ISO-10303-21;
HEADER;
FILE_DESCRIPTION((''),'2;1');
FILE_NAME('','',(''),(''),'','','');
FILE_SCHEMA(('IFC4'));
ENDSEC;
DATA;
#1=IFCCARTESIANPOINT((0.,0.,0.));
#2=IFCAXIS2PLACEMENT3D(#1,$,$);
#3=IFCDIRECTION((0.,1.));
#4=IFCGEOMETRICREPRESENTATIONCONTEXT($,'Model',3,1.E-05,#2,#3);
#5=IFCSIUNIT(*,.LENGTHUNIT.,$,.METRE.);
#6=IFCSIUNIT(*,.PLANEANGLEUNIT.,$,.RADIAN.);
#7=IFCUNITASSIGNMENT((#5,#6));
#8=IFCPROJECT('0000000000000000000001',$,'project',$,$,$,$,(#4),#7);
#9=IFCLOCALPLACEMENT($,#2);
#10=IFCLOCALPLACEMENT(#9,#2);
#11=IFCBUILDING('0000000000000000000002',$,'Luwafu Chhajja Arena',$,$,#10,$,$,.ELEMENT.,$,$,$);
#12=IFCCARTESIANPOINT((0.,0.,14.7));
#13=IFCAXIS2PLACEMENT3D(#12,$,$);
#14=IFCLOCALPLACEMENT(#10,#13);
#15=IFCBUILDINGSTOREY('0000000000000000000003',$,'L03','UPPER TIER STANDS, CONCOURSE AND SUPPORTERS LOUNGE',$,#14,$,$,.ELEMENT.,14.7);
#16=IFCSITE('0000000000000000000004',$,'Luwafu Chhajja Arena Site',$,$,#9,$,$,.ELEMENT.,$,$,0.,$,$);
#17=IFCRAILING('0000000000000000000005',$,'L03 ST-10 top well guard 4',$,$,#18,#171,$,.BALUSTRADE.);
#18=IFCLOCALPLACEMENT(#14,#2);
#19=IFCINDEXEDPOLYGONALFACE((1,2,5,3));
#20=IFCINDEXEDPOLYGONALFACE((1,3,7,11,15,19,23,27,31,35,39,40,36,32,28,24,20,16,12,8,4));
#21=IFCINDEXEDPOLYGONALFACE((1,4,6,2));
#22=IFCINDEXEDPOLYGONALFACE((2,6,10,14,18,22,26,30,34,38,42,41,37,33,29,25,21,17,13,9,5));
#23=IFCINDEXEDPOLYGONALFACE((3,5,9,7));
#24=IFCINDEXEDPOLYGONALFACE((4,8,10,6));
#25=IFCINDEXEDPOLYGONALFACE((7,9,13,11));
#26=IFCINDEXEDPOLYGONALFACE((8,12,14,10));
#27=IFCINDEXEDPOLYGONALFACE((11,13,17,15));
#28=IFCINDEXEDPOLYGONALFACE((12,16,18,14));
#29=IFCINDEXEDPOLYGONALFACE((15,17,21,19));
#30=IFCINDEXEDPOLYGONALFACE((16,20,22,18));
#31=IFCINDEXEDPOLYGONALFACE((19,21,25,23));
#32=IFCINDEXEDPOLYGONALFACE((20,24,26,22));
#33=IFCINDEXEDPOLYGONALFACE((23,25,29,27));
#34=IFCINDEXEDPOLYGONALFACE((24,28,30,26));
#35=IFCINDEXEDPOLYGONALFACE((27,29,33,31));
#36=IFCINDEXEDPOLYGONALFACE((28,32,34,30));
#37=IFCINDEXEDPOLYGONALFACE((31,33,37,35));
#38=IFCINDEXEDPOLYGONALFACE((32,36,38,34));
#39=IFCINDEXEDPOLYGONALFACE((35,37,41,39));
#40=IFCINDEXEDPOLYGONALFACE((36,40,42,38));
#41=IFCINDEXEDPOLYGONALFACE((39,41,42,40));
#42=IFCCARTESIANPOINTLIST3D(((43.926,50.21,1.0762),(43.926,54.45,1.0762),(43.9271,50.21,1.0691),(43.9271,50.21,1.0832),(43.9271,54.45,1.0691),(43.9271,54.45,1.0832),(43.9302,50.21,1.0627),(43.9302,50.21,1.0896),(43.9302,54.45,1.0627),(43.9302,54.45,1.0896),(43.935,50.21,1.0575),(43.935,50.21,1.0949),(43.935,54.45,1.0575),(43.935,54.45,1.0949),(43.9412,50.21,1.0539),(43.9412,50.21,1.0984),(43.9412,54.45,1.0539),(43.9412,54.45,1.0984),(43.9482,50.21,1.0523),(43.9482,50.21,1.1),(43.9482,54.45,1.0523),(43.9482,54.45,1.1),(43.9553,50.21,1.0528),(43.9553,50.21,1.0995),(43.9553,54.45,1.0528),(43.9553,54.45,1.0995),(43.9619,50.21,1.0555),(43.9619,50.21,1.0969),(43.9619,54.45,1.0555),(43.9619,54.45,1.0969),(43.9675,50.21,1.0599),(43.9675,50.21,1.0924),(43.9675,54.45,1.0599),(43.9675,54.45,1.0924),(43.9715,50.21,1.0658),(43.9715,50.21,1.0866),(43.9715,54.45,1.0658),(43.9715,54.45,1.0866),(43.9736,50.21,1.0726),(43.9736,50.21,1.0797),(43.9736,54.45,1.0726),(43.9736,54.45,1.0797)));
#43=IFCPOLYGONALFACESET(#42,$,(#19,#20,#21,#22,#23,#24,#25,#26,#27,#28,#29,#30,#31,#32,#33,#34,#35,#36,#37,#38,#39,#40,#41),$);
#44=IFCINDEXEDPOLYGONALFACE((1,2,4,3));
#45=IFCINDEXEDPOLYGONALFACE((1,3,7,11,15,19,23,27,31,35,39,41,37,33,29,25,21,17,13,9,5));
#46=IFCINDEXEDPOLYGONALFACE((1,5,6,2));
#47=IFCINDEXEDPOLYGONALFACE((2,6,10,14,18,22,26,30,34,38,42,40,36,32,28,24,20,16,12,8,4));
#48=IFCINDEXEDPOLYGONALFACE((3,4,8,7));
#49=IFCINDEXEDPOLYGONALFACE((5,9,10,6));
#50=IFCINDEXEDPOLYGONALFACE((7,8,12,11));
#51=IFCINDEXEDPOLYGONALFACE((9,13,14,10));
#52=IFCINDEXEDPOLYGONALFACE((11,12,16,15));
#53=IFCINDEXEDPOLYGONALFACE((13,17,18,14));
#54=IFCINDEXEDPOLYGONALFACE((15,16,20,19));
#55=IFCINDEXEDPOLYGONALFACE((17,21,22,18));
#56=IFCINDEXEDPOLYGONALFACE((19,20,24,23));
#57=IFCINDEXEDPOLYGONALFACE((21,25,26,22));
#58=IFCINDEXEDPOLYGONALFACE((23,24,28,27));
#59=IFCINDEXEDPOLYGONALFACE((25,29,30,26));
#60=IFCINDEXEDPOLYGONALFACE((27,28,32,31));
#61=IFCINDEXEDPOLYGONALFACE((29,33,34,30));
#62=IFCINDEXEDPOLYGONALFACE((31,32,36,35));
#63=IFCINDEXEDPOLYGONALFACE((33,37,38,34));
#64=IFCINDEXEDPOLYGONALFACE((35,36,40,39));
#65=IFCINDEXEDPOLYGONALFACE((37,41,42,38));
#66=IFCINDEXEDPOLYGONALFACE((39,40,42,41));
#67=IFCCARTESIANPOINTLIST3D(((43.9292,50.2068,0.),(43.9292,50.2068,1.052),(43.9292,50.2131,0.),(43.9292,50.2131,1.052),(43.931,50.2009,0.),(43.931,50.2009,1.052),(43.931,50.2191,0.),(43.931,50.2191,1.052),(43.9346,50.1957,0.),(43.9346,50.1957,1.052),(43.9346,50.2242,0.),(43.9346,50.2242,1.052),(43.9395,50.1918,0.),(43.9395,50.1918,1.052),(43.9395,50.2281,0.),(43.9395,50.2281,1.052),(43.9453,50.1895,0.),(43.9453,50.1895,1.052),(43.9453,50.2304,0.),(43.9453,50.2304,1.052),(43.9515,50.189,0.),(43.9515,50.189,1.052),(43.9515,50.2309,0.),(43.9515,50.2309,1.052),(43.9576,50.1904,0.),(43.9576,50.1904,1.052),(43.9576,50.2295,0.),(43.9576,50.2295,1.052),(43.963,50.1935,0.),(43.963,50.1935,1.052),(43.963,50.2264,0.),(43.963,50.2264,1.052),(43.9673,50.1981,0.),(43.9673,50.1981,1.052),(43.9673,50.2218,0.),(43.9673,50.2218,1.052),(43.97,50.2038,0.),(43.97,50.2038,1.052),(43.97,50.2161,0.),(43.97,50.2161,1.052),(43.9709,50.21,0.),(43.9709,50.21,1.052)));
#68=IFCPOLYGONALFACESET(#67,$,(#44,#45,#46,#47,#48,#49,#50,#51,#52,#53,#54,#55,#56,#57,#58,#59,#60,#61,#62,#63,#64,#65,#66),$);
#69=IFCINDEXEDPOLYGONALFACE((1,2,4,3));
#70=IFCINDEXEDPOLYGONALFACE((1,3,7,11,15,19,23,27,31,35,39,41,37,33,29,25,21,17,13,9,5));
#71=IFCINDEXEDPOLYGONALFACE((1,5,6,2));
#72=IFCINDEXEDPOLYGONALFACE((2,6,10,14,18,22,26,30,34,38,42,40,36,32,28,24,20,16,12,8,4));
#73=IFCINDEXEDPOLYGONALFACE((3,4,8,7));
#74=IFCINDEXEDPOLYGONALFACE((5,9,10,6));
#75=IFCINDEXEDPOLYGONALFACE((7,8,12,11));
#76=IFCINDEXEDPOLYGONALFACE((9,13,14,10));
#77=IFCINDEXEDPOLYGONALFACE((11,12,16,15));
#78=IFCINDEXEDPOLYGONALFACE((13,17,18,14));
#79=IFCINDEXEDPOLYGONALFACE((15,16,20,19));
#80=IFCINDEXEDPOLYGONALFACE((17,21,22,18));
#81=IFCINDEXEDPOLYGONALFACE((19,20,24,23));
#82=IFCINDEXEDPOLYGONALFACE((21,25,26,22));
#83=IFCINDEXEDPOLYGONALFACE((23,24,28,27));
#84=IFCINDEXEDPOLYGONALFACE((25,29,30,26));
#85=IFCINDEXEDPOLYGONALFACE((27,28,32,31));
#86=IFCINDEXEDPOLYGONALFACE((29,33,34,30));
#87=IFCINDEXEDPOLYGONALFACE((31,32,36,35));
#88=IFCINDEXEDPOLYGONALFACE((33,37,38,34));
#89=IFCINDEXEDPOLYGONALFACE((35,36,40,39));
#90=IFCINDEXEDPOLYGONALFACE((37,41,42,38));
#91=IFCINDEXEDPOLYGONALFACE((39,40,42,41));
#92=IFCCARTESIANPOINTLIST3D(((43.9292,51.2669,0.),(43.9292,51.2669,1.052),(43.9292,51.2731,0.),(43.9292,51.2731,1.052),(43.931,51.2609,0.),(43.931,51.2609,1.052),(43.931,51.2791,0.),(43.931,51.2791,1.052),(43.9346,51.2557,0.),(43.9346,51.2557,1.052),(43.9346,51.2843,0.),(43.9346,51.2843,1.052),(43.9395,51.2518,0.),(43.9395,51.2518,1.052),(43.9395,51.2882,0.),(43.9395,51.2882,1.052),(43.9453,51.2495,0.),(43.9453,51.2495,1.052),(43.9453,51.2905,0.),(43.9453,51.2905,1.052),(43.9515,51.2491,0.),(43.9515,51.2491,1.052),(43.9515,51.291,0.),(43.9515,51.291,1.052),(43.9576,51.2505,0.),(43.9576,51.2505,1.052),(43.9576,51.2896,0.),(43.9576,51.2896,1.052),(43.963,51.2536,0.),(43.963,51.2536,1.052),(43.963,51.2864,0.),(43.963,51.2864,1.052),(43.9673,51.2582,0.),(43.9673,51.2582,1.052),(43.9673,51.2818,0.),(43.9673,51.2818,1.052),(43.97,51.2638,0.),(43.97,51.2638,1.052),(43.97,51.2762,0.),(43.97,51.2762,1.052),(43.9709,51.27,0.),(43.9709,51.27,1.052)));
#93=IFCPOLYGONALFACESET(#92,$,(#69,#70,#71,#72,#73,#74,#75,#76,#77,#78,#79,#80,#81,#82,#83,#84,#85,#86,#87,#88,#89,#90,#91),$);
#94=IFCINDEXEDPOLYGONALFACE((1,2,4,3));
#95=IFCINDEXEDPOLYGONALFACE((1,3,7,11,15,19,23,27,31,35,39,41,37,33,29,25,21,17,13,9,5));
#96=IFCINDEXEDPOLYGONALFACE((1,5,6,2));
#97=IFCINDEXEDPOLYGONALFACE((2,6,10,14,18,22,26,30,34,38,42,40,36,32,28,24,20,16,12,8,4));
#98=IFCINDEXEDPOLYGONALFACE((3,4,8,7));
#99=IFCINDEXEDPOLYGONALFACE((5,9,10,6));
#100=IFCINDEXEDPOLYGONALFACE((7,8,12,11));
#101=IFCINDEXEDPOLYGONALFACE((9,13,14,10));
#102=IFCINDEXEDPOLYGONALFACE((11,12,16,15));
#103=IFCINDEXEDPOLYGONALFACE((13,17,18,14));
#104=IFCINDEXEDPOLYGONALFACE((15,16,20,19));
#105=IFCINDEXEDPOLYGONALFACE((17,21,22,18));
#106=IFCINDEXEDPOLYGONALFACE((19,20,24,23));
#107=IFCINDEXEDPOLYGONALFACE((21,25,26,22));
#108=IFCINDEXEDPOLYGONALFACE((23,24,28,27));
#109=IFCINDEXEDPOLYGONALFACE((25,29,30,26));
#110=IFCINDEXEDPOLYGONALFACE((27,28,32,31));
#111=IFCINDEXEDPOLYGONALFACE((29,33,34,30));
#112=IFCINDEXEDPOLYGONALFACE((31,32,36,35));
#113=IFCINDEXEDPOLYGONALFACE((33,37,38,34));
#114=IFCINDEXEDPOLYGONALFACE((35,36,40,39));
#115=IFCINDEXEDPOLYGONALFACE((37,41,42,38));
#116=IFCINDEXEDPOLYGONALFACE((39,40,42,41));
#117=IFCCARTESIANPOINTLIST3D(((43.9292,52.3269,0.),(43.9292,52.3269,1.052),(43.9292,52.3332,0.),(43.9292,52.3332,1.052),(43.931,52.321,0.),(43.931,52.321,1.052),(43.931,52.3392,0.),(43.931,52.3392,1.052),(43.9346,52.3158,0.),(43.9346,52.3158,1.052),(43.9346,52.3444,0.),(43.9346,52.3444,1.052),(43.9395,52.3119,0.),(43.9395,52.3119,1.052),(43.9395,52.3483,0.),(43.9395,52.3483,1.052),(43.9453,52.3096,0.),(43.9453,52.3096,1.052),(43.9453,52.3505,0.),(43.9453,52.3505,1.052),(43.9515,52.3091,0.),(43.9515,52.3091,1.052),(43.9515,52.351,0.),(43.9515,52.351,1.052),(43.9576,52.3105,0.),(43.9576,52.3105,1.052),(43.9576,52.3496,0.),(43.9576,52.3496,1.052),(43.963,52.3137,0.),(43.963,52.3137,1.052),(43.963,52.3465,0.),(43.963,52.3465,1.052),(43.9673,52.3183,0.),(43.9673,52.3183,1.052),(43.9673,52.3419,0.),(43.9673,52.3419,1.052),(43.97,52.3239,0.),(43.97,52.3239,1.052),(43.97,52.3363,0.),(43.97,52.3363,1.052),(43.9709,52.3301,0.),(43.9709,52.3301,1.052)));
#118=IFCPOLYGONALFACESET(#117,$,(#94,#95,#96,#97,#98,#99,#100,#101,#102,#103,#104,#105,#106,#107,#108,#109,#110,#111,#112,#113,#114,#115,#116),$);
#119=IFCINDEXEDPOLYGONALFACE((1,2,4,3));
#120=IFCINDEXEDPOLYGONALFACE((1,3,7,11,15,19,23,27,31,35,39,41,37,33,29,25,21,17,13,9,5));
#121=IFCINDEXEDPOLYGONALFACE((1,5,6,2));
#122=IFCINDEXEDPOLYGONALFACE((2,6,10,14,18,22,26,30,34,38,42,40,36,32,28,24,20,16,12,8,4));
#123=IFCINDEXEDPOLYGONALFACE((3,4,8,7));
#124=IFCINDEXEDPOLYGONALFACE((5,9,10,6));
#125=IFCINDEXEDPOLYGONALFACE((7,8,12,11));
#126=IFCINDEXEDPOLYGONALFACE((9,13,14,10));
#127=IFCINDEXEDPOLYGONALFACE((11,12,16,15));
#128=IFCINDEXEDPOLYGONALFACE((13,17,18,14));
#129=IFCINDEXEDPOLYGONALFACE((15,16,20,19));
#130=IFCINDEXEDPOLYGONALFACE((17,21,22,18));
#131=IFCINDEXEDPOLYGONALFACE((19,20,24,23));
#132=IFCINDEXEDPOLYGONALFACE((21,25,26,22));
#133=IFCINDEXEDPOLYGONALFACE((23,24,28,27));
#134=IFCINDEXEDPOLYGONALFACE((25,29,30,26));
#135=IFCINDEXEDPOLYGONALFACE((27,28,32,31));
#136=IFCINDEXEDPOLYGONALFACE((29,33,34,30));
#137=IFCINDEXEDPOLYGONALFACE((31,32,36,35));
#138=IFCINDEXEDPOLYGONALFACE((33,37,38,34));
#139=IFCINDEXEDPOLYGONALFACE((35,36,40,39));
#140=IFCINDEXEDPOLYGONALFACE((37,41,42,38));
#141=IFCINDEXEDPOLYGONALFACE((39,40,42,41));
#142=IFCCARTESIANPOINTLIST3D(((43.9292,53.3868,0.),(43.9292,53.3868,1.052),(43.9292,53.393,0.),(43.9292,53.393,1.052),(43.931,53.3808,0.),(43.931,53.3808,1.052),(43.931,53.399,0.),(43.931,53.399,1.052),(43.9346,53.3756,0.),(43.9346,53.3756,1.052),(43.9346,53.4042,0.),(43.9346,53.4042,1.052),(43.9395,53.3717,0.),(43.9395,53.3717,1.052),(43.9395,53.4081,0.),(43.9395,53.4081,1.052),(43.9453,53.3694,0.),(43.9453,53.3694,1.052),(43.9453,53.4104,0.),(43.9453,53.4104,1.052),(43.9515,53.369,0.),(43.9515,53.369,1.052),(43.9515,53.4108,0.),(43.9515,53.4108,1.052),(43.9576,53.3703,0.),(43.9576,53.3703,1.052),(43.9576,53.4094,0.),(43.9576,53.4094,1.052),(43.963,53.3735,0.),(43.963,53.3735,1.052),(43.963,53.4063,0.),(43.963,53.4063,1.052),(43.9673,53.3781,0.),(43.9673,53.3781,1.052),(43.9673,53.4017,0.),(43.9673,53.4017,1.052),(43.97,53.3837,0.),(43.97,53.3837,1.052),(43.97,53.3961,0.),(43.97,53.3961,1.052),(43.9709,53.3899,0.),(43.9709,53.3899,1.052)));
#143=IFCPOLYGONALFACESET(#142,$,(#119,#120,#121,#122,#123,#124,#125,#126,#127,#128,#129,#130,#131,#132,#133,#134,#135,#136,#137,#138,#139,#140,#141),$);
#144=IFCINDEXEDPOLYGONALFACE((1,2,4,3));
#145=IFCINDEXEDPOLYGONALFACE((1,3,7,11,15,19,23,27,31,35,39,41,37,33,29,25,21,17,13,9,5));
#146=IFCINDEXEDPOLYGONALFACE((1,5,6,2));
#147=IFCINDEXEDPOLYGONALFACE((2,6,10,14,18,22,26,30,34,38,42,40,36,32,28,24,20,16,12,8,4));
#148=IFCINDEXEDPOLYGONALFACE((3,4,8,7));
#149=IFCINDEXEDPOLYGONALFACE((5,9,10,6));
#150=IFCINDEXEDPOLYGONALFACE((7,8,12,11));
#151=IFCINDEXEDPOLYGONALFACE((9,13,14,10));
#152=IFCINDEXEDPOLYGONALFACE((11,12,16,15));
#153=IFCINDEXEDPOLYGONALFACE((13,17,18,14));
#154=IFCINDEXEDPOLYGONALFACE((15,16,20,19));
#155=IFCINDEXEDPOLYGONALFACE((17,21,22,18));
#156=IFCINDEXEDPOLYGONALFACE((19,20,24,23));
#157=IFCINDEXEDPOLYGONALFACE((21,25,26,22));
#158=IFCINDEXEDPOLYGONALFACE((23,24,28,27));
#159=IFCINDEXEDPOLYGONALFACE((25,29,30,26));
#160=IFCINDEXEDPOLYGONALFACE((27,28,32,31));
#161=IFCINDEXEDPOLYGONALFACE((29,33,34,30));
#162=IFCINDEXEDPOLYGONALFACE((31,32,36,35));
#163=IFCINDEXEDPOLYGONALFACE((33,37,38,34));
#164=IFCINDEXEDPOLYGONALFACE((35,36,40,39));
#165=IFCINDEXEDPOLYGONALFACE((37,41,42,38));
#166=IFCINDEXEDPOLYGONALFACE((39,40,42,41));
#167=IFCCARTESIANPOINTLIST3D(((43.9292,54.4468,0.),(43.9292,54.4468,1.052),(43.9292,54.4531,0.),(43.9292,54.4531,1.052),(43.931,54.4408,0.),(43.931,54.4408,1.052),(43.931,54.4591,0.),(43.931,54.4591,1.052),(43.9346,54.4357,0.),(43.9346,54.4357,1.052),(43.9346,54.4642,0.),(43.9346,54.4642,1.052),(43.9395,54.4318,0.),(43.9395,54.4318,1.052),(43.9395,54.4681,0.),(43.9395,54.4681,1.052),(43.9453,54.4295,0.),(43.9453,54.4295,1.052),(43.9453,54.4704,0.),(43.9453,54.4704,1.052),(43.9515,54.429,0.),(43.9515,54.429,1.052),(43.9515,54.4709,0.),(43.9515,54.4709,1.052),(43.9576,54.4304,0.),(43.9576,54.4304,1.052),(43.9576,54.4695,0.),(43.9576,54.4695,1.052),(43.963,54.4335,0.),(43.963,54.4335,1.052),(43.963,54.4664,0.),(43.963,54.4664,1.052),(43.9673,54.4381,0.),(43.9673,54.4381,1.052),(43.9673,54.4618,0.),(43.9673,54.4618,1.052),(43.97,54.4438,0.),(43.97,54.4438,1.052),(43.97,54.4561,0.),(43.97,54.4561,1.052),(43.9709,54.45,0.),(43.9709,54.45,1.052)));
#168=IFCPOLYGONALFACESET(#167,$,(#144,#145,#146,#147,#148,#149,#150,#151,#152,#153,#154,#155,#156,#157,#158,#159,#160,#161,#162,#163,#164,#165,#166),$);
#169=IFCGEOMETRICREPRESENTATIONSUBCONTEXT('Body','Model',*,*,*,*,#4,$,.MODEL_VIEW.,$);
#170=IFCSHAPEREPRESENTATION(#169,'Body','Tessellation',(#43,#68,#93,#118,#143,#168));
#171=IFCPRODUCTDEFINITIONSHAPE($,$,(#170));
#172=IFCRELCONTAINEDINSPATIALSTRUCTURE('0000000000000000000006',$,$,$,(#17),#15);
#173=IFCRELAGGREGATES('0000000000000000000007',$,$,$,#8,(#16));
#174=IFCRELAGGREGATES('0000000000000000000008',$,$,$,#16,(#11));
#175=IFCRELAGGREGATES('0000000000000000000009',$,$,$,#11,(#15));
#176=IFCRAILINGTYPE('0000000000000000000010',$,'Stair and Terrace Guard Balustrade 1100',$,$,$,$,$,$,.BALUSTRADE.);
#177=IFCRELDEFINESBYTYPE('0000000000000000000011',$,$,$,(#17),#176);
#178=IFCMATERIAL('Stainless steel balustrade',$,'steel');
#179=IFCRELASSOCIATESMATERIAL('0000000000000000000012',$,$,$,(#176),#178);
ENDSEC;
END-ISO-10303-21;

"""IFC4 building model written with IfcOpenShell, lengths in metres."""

from ifc_helpers import new_model, si_unit, direction, frame, origin, origin_2d, place, context, subcontext, project, spatial, circle, extrude, material, type_object, element, save


model = new_model("IFC4")

# Units and contexts
model_context = context("Model", 3, precision=1e-05, world=origin(), true_north=direction((0.0, 1.0)))
body_context = subcontext(model_context, "Body", "Model", "MODEL_VIEW")
ifc_project = project(units=[si_unit("LENGTHUNIT", "METRE"), si_unit("PLANEANGLEUNIT", "RADIAN")], contexts=[model_context])

# Site, building, storey
site_placement = place(None, origin())
site = spatial("IfcSite", under=ifc_project, at=site_placement, Name="Luwafu Chhajja Arena Site", CompositionType="ELEMENT", RefElevation=0.0)
building_placement = place(site_placement, origin())
building = spatial("IfcBuilding", under=site, at=building_placement, Name="Luwafu Chhajja Arena", CompositionType="ELEMENT")
storey_placement = place(building_placement, frame((0.0, 0.0, 14.7)))
storey = spatial("IfcBuildingStorey", under=building, at=storey_placement, Name="L03", Description="UPPER TIER STANDS, CONCOURSE AND SUPPORTERS LOUNGE", CompositionType="ELEMENT", Elevation=14.7)

# Railing
ifc_material_1 = material(Name="Stainless steel balustrade", Category="steel")
railing_type = type_object("IfcRailingType", Name="Stair and Terrace Guard Balustrade 1100", PredefinedType="BALUSTRADE", material=ifc_material_1)
railing_1_placement = place(storey_placement, frame((43.95, 50.21, 0.0)))
element("IfcRailing", 1, at=railing_1_placement, inside=storey, type_object=railing_type, Name="L03 ST-10 top well guard 4", PredefinedType="BALUSTRADE", context=body_context, shape_type="SweptSolid", body=[
    extrude(circle(Radius=0.0239, at=origin_2d()), frame((0.0, 0.0, 1.0762), z_axis=(0.0, 1.0, 0.0), x_axis=(-1.0, 0.0, 0.0)), (0.0, 0.0, 1.0), 4.24),
    extrude(circle(Radius=0.021, at=origin_2d()), origin(), (0.0, 0.0, 1.0), 1.052),
    extrude(circle(Radius=0.021, at=origin_2d()), frame((0.0, 1.0601, 0.0)), (0.0, 0.0, 1.0), 1.052),
    extrude(circle(Radius=0.021, at=origin_2d()), frame((0.0, 2.1201, 0.0)), (0.0, 0.0, 1.0), 1.052),
    extrude(circle(Radius=0.021, at=origin_2d()), frame((0.0, 3.1799, 0.0)), (0.0, 0.0, 1.0), 1.052),
    extrude(circle(Radius=0.021, at=origin_2d()), frame((0.0, 4.24, 0.0)), (0.0, 0.0, 1.0), 1.052),
])

save(model, "model.ifc")
